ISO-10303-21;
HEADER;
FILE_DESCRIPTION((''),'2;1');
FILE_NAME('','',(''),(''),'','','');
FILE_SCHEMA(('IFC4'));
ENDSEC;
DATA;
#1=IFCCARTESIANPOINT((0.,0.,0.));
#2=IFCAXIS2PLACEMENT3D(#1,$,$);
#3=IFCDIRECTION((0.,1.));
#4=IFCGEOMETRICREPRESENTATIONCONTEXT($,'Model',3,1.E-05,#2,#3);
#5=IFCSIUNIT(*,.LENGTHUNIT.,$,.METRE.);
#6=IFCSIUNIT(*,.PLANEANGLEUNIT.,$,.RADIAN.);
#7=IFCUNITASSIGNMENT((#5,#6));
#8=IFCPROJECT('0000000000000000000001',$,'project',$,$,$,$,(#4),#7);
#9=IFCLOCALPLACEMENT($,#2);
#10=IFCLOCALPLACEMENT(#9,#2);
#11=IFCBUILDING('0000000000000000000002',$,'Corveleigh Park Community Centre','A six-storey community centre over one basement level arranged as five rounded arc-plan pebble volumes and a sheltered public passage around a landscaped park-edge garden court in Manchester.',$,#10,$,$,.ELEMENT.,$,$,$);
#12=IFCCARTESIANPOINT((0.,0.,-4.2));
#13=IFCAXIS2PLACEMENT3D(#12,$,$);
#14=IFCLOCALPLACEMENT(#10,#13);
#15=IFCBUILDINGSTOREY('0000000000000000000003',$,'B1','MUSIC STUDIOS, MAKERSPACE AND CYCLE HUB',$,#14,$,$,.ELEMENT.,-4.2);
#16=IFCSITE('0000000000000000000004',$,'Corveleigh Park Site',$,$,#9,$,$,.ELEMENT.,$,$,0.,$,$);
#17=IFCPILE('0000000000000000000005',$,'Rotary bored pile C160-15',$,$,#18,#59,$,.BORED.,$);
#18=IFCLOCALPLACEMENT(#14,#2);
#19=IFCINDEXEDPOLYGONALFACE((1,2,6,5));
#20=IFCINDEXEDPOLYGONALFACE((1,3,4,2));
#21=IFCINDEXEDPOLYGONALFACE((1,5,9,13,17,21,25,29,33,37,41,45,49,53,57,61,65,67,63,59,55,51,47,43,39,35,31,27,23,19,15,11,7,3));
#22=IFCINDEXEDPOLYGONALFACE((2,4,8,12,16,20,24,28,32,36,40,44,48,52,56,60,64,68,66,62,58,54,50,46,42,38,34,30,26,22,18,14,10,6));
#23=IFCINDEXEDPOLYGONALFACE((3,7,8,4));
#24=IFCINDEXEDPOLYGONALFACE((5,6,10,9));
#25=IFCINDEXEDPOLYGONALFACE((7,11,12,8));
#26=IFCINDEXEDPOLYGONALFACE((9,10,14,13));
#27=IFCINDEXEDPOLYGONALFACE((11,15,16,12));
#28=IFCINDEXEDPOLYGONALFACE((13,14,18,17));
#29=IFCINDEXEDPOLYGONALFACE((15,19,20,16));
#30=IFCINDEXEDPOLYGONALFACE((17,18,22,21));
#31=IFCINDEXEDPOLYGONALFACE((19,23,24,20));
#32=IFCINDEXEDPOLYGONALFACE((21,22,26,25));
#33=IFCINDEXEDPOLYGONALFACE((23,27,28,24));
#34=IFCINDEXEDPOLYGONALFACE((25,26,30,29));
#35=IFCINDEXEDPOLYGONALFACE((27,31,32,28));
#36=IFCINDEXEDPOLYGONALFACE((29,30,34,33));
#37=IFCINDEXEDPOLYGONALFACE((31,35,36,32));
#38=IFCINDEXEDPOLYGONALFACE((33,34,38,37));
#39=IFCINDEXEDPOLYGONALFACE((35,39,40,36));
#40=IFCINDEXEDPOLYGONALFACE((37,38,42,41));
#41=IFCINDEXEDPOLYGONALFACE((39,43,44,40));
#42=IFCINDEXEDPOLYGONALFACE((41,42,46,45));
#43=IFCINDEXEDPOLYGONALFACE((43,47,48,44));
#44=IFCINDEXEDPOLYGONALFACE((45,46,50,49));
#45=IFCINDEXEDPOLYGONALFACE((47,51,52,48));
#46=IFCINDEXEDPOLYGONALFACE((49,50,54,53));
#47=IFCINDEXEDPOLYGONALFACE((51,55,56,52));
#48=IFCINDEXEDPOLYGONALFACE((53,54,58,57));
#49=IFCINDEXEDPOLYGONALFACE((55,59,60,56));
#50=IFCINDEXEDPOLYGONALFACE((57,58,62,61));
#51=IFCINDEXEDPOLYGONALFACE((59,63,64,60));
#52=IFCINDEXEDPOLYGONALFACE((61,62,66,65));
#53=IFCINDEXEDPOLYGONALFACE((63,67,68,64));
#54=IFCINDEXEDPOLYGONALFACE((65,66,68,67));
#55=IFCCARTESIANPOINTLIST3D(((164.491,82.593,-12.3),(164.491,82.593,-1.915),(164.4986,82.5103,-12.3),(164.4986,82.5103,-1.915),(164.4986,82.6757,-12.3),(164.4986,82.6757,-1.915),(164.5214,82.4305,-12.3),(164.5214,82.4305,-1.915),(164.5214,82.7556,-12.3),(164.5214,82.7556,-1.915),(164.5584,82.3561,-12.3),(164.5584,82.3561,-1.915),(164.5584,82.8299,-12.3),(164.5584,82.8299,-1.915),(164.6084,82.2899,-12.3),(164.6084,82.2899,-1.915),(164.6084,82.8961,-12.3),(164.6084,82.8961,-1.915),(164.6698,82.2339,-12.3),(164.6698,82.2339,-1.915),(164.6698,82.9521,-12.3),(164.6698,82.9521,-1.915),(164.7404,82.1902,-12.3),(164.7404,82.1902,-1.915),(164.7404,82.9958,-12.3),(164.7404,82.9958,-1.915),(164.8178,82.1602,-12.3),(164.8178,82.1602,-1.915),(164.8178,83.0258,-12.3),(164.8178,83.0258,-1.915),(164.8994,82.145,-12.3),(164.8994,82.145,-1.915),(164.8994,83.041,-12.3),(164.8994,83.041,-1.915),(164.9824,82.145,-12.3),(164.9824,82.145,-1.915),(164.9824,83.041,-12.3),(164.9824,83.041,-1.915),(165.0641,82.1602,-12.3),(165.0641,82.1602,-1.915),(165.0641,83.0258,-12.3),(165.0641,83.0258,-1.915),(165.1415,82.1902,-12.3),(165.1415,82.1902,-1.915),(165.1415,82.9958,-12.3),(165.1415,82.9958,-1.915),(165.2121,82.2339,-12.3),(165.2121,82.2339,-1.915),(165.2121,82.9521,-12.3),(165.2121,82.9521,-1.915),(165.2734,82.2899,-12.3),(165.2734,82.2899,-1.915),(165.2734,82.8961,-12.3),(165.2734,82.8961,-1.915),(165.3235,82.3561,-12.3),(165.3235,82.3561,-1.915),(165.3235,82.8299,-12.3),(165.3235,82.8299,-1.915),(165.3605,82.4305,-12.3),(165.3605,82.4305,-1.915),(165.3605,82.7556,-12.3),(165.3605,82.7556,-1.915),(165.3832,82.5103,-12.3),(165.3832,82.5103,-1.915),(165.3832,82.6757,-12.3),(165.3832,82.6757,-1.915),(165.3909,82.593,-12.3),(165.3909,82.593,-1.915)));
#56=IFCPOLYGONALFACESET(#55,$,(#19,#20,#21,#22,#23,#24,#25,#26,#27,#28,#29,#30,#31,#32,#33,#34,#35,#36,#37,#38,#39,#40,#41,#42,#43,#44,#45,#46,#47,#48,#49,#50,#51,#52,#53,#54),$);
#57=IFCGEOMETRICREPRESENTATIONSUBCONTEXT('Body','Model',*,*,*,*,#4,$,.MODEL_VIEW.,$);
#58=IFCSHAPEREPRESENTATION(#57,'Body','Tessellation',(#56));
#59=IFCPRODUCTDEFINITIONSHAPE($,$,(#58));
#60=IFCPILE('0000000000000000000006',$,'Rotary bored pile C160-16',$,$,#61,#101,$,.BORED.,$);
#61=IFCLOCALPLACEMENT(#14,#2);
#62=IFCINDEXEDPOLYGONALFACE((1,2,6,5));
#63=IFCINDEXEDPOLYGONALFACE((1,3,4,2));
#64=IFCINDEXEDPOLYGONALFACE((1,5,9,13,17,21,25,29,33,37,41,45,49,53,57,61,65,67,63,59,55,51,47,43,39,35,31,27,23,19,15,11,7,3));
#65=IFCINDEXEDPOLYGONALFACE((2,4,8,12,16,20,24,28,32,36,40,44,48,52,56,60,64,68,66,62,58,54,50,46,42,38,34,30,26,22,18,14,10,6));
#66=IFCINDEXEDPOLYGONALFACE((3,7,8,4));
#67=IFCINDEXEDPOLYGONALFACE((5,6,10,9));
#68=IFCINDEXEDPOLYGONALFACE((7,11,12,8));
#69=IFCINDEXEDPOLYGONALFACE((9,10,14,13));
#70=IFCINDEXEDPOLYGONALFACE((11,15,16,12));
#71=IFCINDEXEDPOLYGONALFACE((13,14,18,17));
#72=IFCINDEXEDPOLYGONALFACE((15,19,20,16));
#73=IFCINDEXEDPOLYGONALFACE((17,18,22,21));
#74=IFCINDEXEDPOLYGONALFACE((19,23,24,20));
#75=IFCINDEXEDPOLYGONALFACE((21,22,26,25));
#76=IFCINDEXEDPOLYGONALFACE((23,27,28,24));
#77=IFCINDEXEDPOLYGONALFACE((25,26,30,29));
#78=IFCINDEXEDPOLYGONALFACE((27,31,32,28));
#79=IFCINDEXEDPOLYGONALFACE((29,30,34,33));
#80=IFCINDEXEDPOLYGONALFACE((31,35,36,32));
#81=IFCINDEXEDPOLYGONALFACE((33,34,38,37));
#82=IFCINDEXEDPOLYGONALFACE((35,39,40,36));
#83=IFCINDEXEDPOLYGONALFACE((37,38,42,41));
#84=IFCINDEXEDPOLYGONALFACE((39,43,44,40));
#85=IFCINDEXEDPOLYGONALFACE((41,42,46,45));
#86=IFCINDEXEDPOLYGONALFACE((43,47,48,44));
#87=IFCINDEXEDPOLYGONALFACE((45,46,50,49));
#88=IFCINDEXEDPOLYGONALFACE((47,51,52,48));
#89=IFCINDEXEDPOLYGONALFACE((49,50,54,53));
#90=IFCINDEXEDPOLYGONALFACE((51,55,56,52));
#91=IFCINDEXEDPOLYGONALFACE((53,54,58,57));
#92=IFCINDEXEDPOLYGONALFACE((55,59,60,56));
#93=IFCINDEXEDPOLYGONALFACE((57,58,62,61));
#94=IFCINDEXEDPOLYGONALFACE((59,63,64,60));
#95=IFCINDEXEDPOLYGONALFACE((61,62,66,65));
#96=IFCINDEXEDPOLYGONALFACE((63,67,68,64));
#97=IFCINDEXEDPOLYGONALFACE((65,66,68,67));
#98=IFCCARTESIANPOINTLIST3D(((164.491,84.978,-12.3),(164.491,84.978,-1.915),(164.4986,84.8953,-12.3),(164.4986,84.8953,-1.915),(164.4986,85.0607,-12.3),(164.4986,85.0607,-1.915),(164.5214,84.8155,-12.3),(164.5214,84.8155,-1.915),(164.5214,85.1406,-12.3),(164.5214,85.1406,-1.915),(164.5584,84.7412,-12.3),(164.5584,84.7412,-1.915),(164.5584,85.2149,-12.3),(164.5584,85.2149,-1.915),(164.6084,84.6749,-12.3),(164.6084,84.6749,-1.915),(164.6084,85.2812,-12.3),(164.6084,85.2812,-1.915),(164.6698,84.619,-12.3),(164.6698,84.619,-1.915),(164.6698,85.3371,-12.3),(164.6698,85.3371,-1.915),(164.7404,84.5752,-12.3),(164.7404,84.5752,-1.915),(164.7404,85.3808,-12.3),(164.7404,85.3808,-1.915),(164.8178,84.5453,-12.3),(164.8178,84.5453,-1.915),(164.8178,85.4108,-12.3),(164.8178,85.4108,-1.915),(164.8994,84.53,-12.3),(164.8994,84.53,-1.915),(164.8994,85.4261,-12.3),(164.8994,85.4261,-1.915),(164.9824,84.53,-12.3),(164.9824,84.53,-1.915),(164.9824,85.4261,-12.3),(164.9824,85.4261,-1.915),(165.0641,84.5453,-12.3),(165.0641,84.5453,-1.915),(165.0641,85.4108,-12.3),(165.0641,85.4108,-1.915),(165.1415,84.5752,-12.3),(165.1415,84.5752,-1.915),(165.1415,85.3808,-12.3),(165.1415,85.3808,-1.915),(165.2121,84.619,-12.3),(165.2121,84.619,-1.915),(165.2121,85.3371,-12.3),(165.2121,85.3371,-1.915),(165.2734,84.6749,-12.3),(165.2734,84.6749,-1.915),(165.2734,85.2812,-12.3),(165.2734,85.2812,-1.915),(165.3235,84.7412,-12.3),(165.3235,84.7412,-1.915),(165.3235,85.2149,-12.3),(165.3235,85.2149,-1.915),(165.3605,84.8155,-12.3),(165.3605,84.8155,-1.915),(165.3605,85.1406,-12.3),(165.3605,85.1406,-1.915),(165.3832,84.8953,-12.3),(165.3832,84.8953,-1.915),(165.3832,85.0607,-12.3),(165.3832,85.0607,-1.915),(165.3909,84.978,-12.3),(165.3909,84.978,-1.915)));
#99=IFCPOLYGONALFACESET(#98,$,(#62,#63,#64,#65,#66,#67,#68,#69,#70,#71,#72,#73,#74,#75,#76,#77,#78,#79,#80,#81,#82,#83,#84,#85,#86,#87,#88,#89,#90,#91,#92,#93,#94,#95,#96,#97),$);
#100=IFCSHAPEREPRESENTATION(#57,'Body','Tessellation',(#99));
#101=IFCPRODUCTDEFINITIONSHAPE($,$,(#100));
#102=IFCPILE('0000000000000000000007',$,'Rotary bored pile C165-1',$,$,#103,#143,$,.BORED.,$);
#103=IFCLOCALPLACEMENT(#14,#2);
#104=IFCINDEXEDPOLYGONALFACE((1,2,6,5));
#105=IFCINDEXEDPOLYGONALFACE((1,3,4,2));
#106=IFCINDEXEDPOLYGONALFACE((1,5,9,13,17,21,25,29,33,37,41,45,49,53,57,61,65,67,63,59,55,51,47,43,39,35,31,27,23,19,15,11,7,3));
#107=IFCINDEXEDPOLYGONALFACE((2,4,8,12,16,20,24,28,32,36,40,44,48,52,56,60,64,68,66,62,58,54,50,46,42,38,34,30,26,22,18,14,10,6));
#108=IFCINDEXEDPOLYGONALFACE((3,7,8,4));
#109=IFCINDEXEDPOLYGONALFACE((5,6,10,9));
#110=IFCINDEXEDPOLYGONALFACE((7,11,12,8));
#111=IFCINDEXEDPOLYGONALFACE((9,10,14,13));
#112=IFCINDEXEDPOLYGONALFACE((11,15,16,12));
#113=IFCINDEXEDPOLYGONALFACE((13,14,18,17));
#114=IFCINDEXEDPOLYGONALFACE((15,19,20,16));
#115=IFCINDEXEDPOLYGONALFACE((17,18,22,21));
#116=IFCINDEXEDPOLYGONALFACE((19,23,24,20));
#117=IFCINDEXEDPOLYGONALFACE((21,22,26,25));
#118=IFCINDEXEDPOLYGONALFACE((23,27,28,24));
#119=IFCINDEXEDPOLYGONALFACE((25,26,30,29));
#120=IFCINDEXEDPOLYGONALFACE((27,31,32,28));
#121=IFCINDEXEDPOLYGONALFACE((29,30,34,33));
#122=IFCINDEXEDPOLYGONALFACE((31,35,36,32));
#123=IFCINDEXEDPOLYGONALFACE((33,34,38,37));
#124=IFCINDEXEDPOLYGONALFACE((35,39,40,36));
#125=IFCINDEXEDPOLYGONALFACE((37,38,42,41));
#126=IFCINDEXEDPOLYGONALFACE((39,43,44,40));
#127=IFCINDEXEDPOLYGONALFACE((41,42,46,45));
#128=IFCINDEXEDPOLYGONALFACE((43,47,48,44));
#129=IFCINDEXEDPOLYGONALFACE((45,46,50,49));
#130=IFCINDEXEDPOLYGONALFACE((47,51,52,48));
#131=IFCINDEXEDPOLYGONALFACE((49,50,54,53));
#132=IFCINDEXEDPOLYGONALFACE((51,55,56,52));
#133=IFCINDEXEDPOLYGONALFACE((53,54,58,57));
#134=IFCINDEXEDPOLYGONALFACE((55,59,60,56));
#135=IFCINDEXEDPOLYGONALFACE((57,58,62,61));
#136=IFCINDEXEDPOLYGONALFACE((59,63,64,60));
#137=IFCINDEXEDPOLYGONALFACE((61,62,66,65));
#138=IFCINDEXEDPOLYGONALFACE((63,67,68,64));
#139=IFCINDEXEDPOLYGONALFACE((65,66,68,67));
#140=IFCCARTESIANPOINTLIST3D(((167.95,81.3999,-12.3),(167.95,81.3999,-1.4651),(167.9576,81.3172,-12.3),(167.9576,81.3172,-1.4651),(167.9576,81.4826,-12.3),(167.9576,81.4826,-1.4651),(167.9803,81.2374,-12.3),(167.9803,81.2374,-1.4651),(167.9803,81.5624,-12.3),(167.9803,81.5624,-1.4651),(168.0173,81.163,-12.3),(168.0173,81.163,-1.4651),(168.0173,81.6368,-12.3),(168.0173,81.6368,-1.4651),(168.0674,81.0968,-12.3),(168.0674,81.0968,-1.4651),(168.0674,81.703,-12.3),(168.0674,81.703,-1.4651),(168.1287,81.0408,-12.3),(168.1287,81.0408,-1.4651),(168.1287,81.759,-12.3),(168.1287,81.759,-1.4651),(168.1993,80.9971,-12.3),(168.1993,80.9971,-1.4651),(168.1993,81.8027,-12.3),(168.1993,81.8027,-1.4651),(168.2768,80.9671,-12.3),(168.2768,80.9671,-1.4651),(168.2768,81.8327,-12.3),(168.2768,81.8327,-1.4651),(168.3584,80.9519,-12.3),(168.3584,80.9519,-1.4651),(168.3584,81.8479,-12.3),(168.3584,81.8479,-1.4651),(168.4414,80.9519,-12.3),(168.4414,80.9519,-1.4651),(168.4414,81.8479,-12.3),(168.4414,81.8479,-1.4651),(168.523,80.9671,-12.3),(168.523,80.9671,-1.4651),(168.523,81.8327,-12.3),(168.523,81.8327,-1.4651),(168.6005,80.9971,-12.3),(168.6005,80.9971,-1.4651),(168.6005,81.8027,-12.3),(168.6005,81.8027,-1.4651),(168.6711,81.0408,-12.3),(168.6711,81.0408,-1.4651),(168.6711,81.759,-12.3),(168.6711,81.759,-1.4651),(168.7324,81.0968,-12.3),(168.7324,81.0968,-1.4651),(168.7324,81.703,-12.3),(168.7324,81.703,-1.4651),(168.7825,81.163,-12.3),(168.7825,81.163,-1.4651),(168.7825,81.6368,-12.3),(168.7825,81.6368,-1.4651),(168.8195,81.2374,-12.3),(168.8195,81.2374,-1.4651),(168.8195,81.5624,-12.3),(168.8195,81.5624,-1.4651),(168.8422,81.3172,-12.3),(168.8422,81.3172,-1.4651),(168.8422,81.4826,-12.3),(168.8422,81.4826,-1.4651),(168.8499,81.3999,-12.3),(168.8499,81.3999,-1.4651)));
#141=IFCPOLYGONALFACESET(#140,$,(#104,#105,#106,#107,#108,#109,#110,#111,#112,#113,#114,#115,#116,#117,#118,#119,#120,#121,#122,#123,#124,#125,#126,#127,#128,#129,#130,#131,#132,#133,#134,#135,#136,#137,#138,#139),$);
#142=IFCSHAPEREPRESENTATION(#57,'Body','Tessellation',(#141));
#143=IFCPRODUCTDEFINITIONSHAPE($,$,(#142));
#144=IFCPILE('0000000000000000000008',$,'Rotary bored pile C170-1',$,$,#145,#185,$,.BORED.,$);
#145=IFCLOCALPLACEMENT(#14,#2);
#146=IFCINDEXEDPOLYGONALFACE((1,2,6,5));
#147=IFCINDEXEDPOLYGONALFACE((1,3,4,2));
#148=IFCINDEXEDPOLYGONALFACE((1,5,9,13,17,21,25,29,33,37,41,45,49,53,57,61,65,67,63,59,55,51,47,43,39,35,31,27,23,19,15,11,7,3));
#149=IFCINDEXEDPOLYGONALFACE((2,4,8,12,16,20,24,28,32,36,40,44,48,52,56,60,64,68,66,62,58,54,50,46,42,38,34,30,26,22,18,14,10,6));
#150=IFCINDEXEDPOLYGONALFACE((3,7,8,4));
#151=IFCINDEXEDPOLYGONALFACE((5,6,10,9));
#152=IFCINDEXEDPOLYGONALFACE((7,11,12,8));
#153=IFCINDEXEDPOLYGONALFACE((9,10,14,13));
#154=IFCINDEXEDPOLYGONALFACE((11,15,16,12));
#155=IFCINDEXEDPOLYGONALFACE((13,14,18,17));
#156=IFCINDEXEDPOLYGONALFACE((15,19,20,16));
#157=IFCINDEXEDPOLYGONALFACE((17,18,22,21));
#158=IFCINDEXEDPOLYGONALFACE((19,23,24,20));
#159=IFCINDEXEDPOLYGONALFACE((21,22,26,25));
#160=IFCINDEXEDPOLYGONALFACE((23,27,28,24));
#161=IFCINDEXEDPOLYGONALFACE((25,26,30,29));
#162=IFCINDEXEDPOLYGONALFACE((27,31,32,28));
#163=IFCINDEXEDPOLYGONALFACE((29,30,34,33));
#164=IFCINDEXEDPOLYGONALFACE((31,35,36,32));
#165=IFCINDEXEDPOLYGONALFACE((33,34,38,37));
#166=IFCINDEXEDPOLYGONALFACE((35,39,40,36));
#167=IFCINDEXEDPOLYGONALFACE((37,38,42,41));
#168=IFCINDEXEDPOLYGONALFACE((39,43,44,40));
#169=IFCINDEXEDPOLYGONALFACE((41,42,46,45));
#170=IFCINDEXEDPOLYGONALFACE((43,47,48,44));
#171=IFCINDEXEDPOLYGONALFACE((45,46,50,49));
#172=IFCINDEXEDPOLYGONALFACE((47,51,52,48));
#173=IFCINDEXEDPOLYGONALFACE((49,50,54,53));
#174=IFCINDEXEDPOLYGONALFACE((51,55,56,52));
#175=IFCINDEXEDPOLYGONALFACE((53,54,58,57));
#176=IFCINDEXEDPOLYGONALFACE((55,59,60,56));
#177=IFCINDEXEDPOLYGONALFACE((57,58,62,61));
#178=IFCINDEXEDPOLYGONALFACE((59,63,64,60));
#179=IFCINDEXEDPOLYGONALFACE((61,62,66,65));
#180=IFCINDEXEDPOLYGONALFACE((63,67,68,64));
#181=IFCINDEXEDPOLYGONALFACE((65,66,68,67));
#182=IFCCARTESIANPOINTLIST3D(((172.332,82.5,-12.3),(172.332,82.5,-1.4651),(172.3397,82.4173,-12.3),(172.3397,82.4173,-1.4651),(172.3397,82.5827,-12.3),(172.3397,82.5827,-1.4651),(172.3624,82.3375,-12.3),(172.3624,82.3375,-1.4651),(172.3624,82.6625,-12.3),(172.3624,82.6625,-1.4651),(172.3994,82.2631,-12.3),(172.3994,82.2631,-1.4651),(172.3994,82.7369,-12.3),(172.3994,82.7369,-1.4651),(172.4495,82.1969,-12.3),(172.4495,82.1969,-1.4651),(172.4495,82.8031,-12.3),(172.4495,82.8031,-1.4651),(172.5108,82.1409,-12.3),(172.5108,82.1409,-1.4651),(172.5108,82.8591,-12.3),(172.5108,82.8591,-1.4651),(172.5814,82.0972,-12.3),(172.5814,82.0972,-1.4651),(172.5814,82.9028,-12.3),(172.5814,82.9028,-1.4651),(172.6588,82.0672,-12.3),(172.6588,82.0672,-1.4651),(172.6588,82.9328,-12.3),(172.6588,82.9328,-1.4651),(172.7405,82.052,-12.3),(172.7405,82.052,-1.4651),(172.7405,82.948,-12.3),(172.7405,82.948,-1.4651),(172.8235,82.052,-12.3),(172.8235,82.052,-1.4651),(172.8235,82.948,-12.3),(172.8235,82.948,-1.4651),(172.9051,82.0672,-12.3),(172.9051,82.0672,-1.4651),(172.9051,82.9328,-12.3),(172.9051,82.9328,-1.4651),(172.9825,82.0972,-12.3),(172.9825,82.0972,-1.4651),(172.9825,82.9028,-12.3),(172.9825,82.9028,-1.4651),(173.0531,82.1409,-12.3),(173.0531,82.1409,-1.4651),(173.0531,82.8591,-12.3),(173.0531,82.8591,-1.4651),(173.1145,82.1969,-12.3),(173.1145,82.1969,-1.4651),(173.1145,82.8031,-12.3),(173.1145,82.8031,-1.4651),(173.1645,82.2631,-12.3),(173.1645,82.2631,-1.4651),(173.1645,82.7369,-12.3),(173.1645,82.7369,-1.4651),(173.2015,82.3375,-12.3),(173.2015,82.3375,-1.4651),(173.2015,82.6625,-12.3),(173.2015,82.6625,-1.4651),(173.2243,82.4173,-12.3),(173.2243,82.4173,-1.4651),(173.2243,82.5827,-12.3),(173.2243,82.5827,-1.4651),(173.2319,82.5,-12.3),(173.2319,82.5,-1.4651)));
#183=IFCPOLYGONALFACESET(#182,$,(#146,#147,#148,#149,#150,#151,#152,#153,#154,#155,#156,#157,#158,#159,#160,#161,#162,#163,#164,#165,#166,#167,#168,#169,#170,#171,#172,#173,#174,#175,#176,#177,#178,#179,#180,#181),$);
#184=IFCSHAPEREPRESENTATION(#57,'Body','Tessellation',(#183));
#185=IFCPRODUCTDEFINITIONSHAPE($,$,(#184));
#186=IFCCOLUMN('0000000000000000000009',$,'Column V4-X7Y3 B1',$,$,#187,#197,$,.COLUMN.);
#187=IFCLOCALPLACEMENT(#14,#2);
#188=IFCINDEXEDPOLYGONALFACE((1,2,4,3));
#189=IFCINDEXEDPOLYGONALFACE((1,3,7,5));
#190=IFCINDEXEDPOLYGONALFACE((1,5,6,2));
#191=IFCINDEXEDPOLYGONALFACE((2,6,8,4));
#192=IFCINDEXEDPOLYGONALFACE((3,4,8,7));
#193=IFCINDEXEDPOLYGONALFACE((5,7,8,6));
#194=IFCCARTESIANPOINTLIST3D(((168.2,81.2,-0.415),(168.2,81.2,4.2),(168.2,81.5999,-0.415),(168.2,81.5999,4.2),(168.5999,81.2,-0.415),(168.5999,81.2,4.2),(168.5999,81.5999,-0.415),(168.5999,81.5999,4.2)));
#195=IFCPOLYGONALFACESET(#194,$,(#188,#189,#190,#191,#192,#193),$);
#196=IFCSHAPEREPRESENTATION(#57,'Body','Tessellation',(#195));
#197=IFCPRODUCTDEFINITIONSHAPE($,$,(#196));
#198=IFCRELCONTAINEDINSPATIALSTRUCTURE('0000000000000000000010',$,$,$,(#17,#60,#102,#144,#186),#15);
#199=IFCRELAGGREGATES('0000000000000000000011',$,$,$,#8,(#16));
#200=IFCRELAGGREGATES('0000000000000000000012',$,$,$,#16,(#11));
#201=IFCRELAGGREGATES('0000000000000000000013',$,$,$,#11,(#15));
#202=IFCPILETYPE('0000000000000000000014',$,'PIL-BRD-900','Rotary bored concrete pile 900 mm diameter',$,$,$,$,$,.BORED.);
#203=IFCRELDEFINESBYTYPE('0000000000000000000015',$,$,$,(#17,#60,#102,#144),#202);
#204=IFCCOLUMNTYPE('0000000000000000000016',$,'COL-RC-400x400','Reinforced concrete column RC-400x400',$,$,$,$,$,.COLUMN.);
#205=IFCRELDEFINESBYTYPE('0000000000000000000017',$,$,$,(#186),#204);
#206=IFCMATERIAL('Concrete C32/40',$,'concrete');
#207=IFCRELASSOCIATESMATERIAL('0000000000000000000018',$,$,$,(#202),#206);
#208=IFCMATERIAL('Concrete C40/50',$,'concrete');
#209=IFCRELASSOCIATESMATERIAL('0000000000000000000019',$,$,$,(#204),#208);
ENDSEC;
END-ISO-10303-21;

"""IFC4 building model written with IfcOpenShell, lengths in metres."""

from ifc_helpers import new_model, si_unit, direction, frame, origin, origin_2d, place, context, subcontext, project, spatial, rectangle, circle, extrude, material, material_profile, profile_set, type_object, element, save


model = new_model("IFC4")

# Units and contexts
model_context = context("Model", 3, precision=1e-05, world=origin(), true_north=direction((0.0, 1.0)))
body_context = subcontext(model_context, "Body", "Model", "MODEL_VIEW")
ifc_project = project(units=[si_unit("LENGTHUNIT", "METRE"), si_unit("PLANEANGLEUNIT", "RADIAN")], contexts=[model_context])

# Site, building, storey
site_placement = place(None, origin())
site = spatial("IfcSite", under=ifc_project, at=site_placement, Name="Corveleigh Park Site", CompositionType="ELEMENT", RefElevation=0.0)
building_placement = place(site_placement, origin())
building = spatial("IfcBuilding", under=site, at=building_placement, Name="Corveleigh Park Community Centre", Description="A six-storey community centre over one basement level arranged as five rounded arc-plan pebble volumes and a sheltered public passage around a landscaped park-edge garden court in Manchester.", CompositionType="ELEMENT")
storey_placement = place(building_placement, frame((0.0, 0.0, -4.2)))
storey = spatial("IfcBuildingStorey", under=building, at=storey_placement, Name="B1", Description="MUSIC STUDIOS, MAKERSPACE AND CYCLE HUB", CompositionType="ELEMENT", Elevation=-4.2)

# Shared definitions
ifc_material_1 = material(Name="Concrete C40/50", Category="concrete")

# Piles
ifc_material_2 = material(Name="Concrete C32/40", Category="concrete")
ifc_material_profile_1 = material_profile(ifc_material_2, circle(Radius=0.45, at=origin_2d()), Name="BORED-PILE-900", Category="concrete")
ifc_profile_set_1 = profile_set([ifc_material_profile_1], Name="Concrete C32/40")
pile_type = type_object("IfcPileType", Name="PIL-BRD-900", Description="Rotary bored concrete pile 900 mm diameter", PredefinedType="BORED", material=ifc_profile_set_1)
for number, where, z_axis, x_axis, name in (
    (1, (164.9409, 82.593, -1.915), (0.0, 0.0, -1.0), (1.0, 0.0, 0.0), "Rotary bored pile C160-15"),
    (2, (164.9409, 84.978, -1.915), (0.0, 0.0, -1.0), (1.0, 0.0, 0.0), "Rotary bored pile C160-16"),
):
    element("IfcPile", number, at=place(storey_placement, frame(where, z_axis=z_axis, x_axis=x_axis)), inside=storey, type_object=pile_type, Name=name, PredefinedType="BORED", context=body_context, shape_type="SweptSolid", body=[
        extrude(circle(Radius=0.45, at=origin_2d()), origin(), (0.0, 0.0, 1.0), 10.385),
    ])
for number, where, z_axis, x_axis, name in (
    (3, (168.3999, 81.3999, -1.4651), (0.0, 0.0, -1.0), (1.0, 0.0, 0.0), "Rotary bored pile C165-1"),
    (4, (172.782, 82.5, -1.4651), (0.0, 0.0, -1.0), (1.0, 0.0, 0.0), "Rotary bored pile C170-1"),
):
    element("IfcPile", number, at=place(storey_placement, frame(where, z_axis=z_axis, x_axis=x_axis)), inside=storey, type_object=pile_type, Name=name, PredefinedType="BORED", context=body_context, shape_type="SweptSolid", body=[
        extrude(circle(Radius=0.45, at=origin_2d()), origin(), (0.0, 0.0, 1.0), 10.835),
    ])

# Column
ifc_material_profile_2 = material_profile(ifc_material_1, rectangle(XDim=0.3999, YDim=0.3999, at=origin_2d()), Name="RC-400x400", Category="concrete")
ifc_profile_set_2 = profile_set([ifc_material_profile_2], Name="Concrete C40/50")
column_type_1 = type_object("IfcColumnType", Name="COL-RC-400x400", Description="Reinforced concrete column RC-400x400", PredefinedType="COLUMN", material=ifc_profile_set_2)
column_1_placement = place(storey_placement, frame((168.3999, 81.3999, -0.415), z_axis=(0.0, 0.0, 1.0), x_axis=(1.0, 0.0, 0.0)))
element("IfcColumn", 5, at=column_1_placement, inside=storey, type_object=column_type_1, Name="Column V4-X7Y3 B1", PredefinedType="COLUMN", context=body_context, shape_type="SweptSolid", body=[
    extrude(rectangle(XDim=0.3999, YDim=0.3999, at=origin_2d()), origin(), (0.0, 0.0, 1.0), 4.615),
])

save(model, "model.ifc")
